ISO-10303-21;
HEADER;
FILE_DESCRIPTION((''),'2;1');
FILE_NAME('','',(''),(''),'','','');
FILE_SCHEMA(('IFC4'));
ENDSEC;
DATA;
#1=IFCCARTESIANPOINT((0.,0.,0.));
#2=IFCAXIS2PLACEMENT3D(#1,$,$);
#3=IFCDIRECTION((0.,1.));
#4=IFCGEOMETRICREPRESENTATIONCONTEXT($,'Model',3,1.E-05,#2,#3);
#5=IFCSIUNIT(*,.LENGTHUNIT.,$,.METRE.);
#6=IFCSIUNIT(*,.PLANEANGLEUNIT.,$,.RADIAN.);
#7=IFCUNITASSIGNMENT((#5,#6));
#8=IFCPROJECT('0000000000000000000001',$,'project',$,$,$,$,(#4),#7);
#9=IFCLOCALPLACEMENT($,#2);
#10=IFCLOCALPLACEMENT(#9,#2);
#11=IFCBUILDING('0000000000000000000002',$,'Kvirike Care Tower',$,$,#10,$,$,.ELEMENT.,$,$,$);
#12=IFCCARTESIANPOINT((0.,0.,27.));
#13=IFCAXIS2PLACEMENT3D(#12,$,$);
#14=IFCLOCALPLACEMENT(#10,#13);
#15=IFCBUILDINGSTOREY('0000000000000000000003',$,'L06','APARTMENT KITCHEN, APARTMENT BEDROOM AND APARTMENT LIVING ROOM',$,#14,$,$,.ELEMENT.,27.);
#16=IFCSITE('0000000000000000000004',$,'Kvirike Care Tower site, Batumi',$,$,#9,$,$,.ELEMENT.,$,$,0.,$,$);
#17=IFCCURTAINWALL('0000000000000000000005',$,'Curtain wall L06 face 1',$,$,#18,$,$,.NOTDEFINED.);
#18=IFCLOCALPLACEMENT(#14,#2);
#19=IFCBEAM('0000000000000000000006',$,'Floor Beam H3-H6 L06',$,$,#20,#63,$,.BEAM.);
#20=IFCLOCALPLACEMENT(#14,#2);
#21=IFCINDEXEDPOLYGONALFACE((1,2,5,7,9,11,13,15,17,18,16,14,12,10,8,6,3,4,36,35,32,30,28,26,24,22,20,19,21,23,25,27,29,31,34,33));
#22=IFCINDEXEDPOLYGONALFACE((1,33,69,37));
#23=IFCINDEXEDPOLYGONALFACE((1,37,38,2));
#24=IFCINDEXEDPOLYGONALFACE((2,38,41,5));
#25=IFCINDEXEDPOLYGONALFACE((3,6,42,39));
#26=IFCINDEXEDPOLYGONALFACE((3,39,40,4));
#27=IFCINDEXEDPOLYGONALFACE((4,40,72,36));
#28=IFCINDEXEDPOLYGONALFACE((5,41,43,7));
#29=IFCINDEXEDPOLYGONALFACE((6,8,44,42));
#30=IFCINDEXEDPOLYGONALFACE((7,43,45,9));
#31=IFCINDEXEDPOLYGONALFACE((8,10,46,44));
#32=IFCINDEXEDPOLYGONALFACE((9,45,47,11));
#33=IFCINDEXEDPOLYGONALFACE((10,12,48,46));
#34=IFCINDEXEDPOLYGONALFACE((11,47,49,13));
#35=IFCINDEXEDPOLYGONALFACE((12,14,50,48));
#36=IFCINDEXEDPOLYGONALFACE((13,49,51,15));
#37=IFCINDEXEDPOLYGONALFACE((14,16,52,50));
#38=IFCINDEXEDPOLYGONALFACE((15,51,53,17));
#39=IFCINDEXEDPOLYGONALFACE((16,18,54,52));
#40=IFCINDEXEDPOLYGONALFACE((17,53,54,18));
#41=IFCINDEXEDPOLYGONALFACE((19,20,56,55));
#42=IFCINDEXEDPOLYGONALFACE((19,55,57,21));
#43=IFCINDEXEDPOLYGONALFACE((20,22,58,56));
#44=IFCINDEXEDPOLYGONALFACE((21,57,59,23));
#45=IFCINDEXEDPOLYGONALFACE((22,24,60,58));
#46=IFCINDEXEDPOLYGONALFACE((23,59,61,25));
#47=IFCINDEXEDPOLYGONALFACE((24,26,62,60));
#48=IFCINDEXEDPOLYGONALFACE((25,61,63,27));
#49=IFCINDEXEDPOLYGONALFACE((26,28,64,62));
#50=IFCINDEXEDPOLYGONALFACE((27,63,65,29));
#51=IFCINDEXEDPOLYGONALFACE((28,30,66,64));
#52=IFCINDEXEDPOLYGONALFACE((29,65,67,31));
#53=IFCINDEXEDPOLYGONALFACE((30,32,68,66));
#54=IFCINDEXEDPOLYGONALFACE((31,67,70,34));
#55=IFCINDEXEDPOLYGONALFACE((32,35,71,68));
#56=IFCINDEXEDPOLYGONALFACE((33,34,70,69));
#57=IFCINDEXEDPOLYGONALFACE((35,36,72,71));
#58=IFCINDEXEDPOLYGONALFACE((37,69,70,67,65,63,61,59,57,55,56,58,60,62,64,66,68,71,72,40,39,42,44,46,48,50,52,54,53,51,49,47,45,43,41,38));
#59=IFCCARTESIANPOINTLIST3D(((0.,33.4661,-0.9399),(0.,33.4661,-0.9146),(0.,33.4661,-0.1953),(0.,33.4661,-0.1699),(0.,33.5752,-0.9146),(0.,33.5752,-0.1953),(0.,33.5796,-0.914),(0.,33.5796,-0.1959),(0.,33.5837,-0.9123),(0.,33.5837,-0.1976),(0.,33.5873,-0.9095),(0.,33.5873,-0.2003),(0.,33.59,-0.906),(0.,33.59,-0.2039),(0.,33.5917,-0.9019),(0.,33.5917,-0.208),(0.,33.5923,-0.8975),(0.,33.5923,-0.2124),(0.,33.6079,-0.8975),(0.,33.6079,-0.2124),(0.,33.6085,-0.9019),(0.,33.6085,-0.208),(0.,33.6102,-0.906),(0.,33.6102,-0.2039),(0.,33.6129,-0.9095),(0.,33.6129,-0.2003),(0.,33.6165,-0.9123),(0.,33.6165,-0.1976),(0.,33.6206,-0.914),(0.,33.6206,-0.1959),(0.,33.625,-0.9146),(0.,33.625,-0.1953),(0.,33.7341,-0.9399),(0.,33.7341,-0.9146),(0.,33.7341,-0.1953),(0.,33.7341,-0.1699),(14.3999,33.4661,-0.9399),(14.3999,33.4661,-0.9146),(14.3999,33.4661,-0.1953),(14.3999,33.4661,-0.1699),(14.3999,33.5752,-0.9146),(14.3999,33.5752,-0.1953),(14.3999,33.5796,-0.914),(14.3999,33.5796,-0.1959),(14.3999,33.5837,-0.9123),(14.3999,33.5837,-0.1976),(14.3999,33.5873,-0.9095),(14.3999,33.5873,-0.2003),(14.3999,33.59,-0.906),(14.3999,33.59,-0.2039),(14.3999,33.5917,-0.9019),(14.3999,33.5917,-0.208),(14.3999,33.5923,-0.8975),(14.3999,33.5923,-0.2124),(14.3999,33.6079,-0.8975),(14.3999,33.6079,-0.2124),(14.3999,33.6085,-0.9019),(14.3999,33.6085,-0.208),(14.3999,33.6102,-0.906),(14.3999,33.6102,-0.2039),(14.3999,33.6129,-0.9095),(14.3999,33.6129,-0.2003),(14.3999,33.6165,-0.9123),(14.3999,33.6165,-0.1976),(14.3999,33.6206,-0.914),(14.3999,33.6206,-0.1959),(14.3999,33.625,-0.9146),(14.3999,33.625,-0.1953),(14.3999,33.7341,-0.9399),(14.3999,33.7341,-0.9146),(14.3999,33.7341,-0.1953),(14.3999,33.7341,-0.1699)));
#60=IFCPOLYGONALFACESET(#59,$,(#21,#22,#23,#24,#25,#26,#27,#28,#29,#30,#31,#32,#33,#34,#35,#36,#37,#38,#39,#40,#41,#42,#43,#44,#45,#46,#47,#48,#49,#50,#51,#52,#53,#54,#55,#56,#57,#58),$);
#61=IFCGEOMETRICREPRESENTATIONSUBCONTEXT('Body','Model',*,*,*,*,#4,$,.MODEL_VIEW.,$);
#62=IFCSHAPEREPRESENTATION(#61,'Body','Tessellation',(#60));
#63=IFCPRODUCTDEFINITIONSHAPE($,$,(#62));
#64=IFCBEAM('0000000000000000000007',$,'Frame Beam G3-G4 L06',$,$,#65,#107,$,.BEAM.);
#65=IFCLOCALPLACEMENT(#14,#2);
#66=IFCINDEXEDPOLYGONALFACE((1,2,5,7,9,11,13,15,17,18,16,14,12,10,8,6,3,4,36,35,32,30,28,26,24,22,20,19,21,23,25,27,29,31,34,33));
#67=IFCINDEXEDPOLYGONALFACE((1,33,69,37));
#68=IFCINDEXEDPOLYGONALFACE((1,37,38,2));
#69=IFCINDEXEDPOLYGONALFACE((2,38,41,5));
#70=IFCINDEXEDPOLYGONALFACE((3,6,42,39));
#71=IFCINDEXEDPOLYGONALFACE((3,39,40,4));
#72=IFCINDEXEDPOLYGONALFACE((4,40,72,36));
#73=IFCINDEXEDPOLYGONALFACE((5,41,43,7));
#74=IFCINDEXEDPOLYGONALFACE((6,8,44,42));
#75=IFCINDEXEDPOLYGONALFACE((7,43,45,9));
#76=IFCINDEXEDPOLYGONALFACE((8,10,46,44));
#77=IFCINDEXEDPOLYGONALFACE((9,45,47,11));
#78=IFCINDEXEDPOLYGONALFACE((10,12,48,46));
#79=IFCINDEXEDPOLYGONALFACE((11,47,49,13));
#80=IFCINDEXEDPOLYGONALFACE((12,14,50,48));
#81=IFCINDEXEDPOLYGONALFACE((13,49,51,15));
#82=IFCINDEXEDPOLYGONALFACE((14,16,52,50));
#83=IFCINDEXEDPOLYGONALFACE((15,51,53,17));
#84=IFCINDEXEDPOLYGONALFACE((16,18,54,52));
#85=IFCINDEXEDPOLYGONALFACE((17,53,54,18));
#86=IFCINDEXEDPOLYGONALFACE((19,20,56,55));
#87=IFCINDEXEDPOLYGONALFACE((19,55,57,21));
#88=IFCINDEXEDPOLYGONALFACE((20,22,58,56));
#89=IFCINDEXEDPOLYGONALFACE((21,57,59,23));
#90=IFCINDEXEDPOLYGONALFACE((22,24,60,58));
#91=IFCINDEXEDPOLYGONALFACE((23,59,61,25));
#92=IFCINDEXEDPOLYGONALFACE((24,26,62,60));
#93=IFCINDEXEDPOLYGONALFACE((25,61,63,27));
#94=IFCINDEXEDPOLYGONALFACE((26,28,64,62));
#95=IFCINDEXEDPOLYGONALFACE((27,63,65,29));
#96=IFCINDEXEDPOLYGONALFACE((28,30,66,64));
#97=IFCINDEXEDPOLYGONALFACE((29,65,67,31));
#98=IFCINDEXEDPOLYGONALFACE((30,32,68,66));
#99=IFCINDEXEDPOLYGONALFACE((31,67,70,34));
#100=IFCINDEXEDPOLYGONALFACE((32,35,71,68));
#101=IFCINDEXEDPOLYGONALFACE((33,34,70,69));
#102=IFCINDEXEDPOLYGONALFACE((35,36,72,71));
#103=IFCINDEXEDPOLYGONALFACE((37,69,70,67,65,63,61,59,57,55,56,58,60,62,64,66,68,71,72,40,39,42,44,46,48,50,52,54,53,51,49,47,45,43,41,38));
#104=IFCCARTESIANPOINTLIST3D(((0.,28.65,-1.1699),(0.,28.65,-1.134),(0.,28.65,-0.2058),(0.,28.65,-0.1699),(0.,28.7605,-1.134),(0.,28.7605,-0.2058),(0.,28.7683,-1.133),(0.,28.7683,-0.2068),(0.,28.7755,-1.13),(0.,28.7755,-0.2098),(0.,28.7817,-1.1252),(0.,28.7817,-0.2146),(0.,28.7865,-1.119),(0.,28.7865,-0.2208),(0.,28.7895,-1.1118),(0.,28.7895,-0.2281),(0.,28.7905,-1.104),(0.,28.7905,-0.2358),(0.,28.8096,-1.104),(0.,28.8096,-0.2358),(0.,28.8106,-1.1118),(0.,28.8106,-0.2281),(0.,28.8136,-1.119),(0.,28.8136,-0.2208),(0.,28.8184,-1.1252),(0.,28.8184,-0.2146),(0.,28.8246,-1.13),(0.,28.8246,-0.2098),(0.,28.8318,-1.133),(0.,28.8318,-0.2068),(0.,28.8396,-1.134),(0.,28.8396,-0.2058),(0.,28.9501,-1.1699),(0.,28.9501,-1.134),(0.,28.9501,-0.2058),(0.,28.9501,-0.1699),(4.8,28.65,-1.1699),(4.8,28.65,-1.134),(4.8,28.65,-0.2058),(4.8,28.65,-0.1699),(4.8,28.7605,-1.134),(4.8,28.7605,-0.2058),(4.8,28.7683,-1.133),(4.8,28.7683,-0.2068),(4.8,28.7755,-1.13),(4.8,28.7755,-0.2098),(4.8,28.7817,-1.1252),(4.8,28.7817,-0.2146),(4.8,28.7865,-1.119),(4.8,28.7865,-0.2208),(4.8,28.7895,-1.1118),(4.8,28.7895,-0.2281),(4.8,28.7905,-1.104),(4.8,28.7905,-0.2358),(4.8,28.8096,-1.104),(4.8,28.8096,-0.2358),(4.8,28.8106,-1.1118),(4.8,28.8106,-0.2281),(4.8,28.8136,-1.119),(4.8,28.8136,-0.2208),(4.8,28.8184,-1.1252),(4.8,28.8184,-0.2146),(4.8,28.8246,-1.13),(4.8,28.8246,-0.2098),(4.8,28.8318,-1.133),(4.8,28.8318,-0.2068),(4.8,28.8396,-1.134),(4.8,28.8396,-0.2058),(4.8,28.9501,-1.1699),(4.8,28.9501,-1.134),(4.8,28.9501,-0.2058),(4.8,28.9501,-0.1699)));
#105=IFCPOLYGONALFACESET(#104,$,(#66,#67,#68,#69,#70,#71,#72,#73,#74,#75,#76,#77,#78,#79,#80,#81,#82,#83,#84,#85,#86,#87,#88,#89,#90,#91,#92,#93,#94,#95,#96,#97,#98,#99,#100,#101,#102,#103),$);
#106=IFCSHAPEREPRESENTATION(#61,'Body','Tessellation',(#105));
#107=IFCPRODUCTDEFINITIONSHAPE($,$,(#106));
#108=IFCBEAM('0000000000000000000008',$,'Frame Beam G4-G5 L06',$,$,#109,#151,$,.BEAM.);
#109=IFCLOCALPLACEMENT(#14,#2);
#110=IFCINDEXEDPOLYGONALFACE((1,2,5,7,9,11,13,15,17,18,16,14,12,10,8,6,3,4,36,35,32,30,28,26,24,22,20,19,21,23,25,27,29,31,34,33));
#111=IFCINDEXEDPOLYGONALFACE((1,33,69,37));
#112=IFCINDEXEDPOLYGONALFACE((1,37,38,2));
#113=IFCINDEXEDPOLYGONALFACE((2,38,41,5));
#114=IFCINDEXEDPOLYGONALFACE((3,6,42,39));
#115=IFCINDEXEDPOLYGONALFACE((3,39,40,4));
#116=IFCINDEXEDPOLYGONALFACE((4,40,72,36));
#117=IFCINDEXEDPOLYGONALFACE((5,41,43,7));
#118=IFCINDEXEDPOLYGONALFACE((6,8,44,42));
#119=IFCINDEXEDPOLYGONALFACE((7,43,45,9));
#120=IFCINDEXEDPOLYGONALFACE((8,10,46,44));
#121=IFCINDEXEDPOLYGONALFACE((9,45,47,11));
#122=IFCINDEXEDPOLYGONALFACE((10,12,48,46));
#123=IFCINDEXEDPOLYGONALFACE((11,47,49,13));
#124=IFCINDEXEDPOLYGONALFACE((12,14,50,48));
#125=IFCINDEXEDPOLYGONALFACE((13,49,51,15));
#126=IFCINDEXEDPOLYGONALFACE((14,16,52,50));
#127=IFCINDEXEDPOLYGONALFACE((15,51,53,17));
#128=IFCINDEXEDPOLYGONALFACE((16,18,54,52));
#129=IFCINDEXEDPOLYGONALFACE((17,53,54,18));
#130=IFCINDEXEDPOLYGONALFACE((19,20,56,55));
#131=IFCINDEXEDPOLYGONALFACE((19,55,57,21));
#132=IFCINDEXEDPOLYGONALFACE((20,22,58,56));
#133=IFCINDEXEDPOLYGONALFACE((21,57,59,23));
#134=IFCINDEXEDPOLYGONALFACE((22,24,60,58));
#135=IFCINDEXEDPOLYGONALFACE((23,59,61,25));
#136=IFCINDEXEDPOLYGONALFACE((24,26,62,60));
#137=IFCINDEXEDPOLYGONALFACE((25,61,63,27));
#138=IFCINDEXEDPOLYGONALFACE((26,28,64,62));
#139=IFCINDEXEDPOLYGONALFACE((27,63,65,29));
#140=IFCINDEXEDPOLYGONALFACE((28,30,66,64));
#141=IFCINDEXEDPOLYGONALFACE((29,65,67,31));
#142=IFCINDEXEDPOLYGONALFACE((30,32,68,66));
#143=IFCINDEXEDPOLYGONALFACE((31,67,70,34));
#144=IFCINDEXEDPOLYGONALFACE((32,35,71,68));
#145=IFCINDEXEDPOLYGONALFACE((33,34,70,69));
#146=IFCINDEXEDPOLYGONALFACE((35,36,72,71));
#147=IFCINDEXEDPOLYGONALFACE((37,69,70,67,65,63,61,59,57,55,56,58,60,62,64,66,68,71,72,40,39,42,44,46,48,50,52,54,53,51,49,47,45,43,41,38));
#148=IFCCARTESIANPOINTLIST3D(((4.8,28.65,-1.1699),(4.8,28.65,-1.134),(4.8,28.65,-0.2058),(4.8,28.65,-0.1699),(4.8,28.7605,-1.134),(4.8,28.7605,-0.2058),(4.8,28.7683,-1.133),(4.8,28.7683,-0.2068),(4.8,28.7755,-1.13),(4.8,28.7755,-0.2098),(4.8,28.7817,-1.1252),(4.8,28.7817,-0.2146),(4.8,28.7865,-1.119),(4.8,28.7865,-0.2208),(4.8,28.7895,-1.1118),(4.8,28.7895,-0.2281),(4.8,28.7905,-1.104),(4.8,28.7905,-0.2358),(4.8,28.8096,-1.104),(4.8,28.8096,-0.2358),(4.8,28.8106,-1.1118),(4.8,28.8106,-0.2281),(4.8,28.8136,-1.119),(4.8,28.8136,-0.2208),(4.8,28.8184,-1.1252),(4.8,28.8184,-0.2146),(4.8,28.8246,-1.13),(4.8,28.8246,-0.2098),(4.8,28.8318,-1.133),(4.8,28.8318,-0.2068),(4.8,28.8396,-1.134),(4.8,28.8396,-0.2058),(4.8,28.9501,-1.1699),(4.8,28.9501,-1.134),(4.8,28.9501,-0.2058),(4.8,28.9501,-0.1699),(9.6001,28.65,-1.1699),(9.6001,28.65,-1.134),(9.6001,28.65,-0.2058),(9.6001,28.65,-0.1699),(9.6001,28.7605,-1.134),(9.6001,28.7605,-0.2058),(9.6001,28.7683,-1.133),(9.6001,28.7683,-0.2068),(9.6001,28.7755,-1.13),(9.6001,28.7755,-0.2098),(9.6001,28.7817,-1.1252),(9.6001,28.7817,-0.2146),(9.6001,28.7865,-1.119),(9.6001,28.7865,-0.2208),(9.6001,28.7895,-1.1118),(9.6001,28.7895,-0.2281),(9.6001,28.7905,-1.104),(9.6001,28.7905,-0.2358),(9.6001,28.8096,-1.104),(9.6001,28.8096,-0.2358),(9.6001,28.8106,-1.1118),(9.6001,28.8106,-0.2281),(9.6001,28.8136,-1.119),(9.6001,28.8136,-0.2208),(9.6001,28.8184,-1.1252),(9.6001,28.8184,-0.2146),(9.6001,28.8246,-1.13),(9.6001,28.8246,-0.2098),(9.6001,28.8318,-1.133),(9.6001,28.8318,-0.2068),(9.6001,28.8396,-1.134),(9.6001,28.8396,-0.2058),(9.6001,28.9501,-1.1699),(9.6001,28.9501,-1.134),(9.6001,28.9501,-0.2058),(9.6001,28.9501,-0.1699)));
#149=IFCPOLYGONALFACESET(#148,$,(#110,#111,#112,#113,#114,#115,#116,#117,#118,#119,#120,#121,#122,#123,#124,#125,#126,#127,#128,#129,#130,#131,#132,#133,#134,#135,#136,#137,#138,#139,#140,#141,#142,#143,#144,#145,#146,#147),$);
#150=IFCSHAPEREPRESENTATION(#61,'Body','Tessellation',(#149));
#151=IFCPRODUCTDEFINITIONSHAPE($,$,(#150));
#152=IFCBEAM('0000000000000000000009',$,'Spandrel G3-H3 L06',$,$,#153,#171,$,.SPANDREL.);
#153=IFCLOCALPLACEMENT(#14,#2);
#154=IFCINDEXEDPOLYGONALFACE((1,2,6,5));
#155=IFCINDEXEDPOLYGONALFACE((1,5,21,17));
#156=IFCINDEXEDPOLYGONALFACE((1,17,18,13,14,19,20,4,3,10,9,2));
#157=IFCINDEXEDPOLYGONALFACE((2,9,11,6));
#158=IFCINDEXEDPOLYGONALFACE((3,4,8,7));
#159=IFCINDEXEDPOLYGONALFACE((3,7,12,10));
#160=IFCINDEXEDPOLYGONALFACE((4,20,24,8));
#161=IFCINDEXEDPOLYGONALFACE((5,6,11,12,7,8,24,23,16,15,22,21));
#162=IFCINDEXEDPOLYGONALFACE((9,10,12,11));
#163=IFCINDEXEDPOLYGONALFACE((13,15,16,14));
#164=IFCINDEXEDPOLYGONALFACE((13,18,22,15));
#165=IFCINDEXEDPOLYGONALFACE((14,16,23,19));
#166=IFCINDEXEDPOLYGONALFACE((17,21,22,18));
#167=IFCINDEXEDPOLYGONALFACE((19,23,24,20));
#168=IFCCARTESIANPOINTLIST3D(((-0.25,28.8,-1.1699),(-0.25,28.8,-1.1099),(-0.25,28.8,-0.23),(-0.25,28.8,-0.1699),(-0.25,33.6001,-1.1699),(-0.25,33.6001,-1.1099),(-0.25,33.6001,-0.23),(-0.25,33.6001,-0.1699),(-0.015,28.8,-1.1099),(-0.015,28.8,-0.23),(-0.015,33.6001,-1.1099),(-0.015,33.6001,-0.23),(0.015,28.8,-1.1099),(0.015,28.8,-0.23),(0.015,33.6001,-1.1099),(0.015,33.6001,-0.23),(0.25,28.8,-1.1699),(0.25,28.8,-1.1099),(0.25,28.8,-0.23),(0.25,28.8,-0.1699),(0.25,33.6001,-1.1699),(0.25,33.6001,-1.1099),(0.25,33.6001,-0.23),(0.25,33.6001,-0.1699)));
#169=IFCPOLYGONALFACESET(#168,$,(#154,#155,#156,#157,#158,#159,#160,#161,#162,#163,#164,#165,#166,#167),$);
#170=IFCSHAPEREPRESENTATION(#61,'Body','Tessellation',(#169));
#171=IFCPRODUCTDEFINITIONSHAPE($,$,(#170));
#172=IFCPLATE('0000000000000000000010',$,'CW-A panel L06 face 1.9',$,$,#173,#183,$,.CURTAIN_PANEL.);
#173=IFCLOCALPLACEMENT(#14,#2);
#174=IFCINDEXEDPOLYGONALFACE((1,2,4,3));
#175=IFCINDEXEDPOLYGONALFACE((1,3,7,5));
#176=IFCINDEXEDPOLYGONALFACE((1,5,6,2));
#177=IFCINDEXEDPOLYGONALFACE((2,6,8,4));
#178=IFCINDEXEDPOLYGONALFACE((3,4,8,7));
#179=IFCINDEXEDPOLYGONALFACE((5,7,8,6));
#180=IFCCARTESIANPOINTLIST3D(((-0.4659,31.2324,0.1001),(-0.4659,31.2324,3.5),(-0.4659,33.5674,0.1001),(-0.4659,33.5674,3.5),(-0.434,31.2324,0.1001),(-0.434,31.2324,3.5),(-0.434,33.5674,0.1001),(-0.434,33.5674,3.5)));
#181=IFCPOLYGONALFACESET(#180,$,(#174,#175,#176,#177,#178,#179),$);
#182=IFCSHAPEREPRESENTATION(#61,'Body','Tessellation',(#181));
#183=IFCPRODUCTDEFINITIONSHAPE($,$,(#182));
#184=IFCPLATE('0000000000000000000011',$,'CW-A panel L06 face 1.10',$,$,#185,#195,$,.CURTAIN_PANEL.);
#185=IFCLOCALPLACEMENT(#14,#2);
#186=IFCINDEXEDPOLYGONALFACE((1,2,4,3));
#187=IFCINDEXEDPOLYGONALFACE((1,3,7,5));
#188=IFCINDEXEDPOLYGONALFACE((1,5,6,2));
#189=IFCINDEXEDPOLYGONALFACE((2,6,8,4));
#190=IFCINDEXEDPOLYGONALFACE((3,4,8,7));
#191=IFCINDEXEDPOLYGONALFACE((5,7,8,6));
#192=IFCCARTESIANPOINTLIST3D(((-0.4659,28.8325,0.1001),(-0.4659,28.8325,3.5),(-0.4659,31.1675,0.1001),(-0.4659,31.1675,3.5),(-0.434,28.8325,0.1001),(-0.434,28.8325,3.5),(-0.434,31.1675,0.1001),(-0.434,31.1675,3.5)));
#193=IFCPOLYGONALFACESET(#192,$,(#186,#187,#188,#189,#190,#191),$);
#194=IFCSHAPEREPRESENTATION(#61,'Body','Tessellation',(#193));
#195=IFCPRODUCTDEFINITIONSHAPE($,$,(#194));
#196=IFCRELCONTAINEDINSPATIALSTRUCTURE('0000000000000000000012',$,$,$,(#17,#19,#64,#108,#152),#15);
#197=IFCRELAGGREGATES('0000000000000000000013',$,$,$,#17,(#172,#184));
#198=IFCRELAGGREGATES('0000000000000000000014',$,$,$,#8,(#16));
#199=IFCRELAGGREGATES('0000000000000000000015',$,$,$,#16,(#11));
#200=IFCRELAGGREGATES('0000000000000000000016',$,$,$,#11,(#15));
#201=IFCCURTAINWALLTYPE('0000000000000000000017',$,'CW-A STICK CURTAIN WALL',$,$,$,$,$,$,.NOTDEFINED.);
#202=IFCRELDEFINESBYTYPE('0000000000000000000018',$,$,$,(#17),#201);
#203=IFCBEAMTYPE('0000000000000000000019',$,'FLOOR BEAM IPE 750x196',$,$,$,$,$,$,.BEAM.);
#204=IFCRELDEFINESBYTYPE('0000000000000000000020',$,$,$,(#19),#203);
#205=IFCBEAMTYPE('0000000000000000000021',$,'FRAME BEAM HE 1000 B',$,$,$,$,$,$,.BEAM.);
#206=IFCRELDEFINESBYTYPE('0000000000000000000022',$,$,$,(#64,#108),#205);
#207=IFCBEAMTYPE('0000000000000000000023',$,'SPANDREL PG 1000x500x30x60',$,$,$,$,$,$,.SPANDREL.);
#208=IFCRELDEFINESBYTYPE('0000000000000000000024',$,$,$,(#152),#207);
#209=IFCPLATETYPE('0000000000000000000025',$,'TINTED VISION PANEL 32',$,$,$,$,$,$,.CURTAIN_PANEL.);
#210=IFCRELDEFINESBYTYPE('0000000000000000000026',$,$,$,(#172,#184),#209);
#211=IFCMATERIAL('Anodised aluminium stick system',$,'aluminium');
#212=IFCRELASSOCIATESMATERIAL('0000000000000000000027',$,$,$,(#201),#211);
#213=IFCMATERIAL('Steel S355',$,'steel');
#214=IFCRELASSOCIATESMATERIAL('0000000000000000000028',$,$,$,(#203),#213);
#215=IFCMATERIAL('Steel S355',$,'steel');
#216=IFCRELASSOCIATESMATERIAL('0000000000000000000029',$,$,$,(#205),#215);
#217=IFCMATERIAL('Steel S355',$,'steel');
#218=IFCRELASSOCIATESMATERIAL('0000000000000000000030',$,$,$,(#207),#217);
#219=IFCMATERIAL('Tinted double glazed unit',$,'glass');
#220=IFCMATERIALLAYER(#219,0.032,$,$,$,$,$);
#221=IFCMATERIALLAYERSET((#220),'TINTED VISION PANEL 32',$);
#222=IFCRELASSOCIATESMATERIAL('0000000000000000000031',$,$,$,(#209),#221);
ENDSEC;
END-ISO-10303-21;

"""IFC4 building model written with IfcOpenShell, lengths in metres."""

from ifc_helpers import new_model, si_unit, direction, frame, origin, origin_2d, place, context, subcontext, project, spatial, rectangle, i_section, extrude, material, layer, layer_set, material_profile, profile_set, type_object, element, aggregate, save


model = new_model("IFC4")

# Units and contexts
model_context = context("Model", 3, precision=1e-05, world=origin(), true_north=direction((0.0, 1.0)))
body_context = subcontext(model_context, "Body", "Model", "MODEL_VIEW")
ifc_project = project(units=[si_unit("LENGTHUNIT", "METRE"), si_unit("PLANEANGLEUNIT", "RADIAN")], contexts=[model_context])

# Site, building, storey
site_placement = place(None, origin())
site = spatial("IfcSite", under=ifc_project, at=site_placement, Name="Kvirike Care Tower site, Batumi", CompositionType="ELEMENT", RefElevation=0.0)
building_placement = place(site_placement, origin())
building = spatial("IfcBuilding", under=site, at=building_placement, Name="Kvirike Care Tower", CompositionType="ELEMENT")
storey_placement = place(building_placement, frame((0.0, 0.0, 27.0)))
storey = spatial("IfcBuildingStorey", under=building, at=storey_placement, Name="L06", Description="APARTMENT KITCHEN, APARTMENT BEDROOM AND APARTMENT LIVING ROOM", CompositionType="ELEMENT", Elevation=27.0)

# Curtain wall
ifc_material_1 = material(Name="Anodised aluminium stick system", Category="aluminium")
curtain_wall_type = type_object("IfcCurtainWallType", Name="CW-A STICK CURTAIN WALL", PredefinedType="NOTDEFINED", material=ifc_material_1)
curtain_wall_placement = place(storey_placement, origin())
curtain_wall = element("IfcCurtainWall", 1, at=curtain_wall_placement, inside=storey, type_object=curtain_wall_type, Name="Curtain wall L06 face 1", PredefinedType="NOTDEFINED")

# Beams
ifc_material_2 = material(Name="Steel S355", Category="steel")
ifc_material_profile_1 = material_profile(ifc_material_2, i_section(OverallWidth=0.2681, OverallDepth=0.77, WebThickness=0.0156, FlangeThickness=0.0254, FilletRadius=0.0171, at=origin_2d()), Name="IPE 750x196")
ifc_profile_set_1 = profile_set([ifc_material_profile_1], Name="Steel S355")
beam_type_1 = type_object("IfcBeamType", Name="FLOOR BEAM IPE 750x196", PredefinedType="BEAM", material=ifc_profile_set_1)
beam_1_placement = place(storey_placement, frame((0.0, 33.6001, -0.5549), z_axis=(1.0, 0.0, 0.0), x_axis=(0.0, 1.0, 0.0)))
element("IfcBeam", 2, at=beam_1_placement, inside=storey, type_object=beam_type_1, Name="Floor Beam H3-H6 L06", PredefinedType="BEAM", context=body_context, shape_type="SweptSolid", body=[
    extrude(i_section(OverallWidth=0.2681, OverallDepth=0.77, WebThickness=0.0156, FlangeThickness=0.0254, FilletRadius=0.0171, at=origin_2d()), origin(), (0.0, 0.0, 1.0), 14.3999),
])
ifc_material_3 = material(Name="Steel S355", Category="steel")
ifc_material_profile_2 = material_profile(ifc_material_3, i_section(OverallWidth=0.3, OverallDepth=1.0, WebThickness=0.019, FlangeThickness=0.0359, FilletRadius=0.03, at=origin_2d()), Name="HE 1000 B")
ifc_profile_set_2 = profile_set([ifc_material_profile_2], Name="Steel S355")
beam_type_2 = type_object("IfcBeamType", Name="FRAME BEAM HE 1000 B", PredefinedType="BEAM", material=ifc_profile_set_2)
for number, where, z_axis, x_axis, name in (
    (3, (0.0, 28.8, -0.6699), (1.0, 0.0, 0.0), (0.0, 1.0, 0.0), "Frame Beam G3-G4 L06"),
    (4, (4.8, 28.8, -0.6699), (1.0, 0.0, 0.0), (0.0, 1.0, 0.0), "Frame Beam G4-G5 L06"),
):
    element("IfcBeam", number, at=place(storey_placement, frame(where, z_axis=z_axis, x_axis=x_axis)), inside=storey, type_object=beam_type_2, Name=name, PredefinedType="BEAM", context=body_context, shape_type="SweptSolid", body=[
        extrude(i_section(OverallWidth=0.3, OverallDepth=1.0, WebThickness=0.019, FlangeThickness=0.0359, FilletRadius=0.03, at=origin_2d()), origin(), (0.0, 0.0, 1.0), 4.8),
    ])
ifc_material_4 = material(Name="Steel S355", Category="steel")
ifc_material_profile_3 = material_profile(ifc_material_4, i_section(OverallWidth=0.5, OverallDepth=1.0, WebThickness=0.03, FlangeThickness=0.0601, at=origin_2d()), Name="PG 1000x500x30x60")
ifc_profile_set_3 = profile_set([ifc_material_profile_3], Name="Steel S355")
beam_type_3 = type_object("IfcBeamType", Name="SPANDREL PG 1000x500x30x60", PredefinedType="SPANDREL", material=ifc_profile_set_3)
beam_2_placement = place(storey_placement, frame((0.0, 28.8, -0.6699), z_axis=(0.0, 1.0, 0.0), x_axis=(-1.0, 0.0, 0.0)))
element("IfcBeam", 5, at=beam_2_placement, inside=storey, type_object=beam_type_3, Name="Spandrel G3-H3 L06", PredefinedType="SPANDREL", context=body_context, shape_type="SweptSolid", body=[
    extrude(i_section(OverallWidth=0.5, OverallDepth=1.0, WebThickness=0.03, FlangeThickness=0.0601, at=origin_2d()), origin(), (0.0, 0.0, 1.0), 4.8),
])

# Plates
ifc_material_5 = material(Name="Tinted double glazed unit", Category="glass")
ifc_layer_1 = layer(ifc_material_5, 0.032)
ifc_layer_set_1 = layer_set([ifc_layer_1], Name="TINTED VISION PANEL 32")
plate_type = type_object("IfcPlateType", Name="TINTED VISION PANEL 32", PredefinedType="CURTAIN_PANEL", material=ifc_layer_set_1)
plate_1_placement = place(storey_placement, frame((-0.45, 32.3999, 0.1001), z_axis=(0.0, 0.0, 1.0), x_axis=(0.0, -1.0, 0.0)))
plate_1 = element("IfcPlate", 6, at=plate_1_placement, type_object=plate_type, Name="CW-A panel L06 face 1.9", PredefinedType="CURTAIN_PANEL", context=body_context, shape_type="SweptSolid", body=[
    extrude(rectangle(XDim=2.335, YDim=0.032, at=origin_2d()), origin(), (0.0, 0.0, 1.0), 3.3999),
])
plate_2_placement = place(storey_placement, frame((-0.45, 30.0, 0.1001), z_axis=(0.0, 0.0, 1.0), x_axis=(0.0, -1.0, 0.0)))
plate_2 = element("IfcPlate", 7, at=plate_2_placement, type_object=plate_type, Name="CW-A panel L06 face 1.10", PredefinedType="CURTAIN_PANEL", context=body_context, shape_type="SweptSolid", body=[
    extrude(rectangle(XDim=2.335, YDim=0.032, at=origin_2d()), origin(), (0.0, 0.0, 1.0), 3.3999),
])
aggregate(curtain_wall, [plate_1, plate_2])

save(model, "model.ifc")
